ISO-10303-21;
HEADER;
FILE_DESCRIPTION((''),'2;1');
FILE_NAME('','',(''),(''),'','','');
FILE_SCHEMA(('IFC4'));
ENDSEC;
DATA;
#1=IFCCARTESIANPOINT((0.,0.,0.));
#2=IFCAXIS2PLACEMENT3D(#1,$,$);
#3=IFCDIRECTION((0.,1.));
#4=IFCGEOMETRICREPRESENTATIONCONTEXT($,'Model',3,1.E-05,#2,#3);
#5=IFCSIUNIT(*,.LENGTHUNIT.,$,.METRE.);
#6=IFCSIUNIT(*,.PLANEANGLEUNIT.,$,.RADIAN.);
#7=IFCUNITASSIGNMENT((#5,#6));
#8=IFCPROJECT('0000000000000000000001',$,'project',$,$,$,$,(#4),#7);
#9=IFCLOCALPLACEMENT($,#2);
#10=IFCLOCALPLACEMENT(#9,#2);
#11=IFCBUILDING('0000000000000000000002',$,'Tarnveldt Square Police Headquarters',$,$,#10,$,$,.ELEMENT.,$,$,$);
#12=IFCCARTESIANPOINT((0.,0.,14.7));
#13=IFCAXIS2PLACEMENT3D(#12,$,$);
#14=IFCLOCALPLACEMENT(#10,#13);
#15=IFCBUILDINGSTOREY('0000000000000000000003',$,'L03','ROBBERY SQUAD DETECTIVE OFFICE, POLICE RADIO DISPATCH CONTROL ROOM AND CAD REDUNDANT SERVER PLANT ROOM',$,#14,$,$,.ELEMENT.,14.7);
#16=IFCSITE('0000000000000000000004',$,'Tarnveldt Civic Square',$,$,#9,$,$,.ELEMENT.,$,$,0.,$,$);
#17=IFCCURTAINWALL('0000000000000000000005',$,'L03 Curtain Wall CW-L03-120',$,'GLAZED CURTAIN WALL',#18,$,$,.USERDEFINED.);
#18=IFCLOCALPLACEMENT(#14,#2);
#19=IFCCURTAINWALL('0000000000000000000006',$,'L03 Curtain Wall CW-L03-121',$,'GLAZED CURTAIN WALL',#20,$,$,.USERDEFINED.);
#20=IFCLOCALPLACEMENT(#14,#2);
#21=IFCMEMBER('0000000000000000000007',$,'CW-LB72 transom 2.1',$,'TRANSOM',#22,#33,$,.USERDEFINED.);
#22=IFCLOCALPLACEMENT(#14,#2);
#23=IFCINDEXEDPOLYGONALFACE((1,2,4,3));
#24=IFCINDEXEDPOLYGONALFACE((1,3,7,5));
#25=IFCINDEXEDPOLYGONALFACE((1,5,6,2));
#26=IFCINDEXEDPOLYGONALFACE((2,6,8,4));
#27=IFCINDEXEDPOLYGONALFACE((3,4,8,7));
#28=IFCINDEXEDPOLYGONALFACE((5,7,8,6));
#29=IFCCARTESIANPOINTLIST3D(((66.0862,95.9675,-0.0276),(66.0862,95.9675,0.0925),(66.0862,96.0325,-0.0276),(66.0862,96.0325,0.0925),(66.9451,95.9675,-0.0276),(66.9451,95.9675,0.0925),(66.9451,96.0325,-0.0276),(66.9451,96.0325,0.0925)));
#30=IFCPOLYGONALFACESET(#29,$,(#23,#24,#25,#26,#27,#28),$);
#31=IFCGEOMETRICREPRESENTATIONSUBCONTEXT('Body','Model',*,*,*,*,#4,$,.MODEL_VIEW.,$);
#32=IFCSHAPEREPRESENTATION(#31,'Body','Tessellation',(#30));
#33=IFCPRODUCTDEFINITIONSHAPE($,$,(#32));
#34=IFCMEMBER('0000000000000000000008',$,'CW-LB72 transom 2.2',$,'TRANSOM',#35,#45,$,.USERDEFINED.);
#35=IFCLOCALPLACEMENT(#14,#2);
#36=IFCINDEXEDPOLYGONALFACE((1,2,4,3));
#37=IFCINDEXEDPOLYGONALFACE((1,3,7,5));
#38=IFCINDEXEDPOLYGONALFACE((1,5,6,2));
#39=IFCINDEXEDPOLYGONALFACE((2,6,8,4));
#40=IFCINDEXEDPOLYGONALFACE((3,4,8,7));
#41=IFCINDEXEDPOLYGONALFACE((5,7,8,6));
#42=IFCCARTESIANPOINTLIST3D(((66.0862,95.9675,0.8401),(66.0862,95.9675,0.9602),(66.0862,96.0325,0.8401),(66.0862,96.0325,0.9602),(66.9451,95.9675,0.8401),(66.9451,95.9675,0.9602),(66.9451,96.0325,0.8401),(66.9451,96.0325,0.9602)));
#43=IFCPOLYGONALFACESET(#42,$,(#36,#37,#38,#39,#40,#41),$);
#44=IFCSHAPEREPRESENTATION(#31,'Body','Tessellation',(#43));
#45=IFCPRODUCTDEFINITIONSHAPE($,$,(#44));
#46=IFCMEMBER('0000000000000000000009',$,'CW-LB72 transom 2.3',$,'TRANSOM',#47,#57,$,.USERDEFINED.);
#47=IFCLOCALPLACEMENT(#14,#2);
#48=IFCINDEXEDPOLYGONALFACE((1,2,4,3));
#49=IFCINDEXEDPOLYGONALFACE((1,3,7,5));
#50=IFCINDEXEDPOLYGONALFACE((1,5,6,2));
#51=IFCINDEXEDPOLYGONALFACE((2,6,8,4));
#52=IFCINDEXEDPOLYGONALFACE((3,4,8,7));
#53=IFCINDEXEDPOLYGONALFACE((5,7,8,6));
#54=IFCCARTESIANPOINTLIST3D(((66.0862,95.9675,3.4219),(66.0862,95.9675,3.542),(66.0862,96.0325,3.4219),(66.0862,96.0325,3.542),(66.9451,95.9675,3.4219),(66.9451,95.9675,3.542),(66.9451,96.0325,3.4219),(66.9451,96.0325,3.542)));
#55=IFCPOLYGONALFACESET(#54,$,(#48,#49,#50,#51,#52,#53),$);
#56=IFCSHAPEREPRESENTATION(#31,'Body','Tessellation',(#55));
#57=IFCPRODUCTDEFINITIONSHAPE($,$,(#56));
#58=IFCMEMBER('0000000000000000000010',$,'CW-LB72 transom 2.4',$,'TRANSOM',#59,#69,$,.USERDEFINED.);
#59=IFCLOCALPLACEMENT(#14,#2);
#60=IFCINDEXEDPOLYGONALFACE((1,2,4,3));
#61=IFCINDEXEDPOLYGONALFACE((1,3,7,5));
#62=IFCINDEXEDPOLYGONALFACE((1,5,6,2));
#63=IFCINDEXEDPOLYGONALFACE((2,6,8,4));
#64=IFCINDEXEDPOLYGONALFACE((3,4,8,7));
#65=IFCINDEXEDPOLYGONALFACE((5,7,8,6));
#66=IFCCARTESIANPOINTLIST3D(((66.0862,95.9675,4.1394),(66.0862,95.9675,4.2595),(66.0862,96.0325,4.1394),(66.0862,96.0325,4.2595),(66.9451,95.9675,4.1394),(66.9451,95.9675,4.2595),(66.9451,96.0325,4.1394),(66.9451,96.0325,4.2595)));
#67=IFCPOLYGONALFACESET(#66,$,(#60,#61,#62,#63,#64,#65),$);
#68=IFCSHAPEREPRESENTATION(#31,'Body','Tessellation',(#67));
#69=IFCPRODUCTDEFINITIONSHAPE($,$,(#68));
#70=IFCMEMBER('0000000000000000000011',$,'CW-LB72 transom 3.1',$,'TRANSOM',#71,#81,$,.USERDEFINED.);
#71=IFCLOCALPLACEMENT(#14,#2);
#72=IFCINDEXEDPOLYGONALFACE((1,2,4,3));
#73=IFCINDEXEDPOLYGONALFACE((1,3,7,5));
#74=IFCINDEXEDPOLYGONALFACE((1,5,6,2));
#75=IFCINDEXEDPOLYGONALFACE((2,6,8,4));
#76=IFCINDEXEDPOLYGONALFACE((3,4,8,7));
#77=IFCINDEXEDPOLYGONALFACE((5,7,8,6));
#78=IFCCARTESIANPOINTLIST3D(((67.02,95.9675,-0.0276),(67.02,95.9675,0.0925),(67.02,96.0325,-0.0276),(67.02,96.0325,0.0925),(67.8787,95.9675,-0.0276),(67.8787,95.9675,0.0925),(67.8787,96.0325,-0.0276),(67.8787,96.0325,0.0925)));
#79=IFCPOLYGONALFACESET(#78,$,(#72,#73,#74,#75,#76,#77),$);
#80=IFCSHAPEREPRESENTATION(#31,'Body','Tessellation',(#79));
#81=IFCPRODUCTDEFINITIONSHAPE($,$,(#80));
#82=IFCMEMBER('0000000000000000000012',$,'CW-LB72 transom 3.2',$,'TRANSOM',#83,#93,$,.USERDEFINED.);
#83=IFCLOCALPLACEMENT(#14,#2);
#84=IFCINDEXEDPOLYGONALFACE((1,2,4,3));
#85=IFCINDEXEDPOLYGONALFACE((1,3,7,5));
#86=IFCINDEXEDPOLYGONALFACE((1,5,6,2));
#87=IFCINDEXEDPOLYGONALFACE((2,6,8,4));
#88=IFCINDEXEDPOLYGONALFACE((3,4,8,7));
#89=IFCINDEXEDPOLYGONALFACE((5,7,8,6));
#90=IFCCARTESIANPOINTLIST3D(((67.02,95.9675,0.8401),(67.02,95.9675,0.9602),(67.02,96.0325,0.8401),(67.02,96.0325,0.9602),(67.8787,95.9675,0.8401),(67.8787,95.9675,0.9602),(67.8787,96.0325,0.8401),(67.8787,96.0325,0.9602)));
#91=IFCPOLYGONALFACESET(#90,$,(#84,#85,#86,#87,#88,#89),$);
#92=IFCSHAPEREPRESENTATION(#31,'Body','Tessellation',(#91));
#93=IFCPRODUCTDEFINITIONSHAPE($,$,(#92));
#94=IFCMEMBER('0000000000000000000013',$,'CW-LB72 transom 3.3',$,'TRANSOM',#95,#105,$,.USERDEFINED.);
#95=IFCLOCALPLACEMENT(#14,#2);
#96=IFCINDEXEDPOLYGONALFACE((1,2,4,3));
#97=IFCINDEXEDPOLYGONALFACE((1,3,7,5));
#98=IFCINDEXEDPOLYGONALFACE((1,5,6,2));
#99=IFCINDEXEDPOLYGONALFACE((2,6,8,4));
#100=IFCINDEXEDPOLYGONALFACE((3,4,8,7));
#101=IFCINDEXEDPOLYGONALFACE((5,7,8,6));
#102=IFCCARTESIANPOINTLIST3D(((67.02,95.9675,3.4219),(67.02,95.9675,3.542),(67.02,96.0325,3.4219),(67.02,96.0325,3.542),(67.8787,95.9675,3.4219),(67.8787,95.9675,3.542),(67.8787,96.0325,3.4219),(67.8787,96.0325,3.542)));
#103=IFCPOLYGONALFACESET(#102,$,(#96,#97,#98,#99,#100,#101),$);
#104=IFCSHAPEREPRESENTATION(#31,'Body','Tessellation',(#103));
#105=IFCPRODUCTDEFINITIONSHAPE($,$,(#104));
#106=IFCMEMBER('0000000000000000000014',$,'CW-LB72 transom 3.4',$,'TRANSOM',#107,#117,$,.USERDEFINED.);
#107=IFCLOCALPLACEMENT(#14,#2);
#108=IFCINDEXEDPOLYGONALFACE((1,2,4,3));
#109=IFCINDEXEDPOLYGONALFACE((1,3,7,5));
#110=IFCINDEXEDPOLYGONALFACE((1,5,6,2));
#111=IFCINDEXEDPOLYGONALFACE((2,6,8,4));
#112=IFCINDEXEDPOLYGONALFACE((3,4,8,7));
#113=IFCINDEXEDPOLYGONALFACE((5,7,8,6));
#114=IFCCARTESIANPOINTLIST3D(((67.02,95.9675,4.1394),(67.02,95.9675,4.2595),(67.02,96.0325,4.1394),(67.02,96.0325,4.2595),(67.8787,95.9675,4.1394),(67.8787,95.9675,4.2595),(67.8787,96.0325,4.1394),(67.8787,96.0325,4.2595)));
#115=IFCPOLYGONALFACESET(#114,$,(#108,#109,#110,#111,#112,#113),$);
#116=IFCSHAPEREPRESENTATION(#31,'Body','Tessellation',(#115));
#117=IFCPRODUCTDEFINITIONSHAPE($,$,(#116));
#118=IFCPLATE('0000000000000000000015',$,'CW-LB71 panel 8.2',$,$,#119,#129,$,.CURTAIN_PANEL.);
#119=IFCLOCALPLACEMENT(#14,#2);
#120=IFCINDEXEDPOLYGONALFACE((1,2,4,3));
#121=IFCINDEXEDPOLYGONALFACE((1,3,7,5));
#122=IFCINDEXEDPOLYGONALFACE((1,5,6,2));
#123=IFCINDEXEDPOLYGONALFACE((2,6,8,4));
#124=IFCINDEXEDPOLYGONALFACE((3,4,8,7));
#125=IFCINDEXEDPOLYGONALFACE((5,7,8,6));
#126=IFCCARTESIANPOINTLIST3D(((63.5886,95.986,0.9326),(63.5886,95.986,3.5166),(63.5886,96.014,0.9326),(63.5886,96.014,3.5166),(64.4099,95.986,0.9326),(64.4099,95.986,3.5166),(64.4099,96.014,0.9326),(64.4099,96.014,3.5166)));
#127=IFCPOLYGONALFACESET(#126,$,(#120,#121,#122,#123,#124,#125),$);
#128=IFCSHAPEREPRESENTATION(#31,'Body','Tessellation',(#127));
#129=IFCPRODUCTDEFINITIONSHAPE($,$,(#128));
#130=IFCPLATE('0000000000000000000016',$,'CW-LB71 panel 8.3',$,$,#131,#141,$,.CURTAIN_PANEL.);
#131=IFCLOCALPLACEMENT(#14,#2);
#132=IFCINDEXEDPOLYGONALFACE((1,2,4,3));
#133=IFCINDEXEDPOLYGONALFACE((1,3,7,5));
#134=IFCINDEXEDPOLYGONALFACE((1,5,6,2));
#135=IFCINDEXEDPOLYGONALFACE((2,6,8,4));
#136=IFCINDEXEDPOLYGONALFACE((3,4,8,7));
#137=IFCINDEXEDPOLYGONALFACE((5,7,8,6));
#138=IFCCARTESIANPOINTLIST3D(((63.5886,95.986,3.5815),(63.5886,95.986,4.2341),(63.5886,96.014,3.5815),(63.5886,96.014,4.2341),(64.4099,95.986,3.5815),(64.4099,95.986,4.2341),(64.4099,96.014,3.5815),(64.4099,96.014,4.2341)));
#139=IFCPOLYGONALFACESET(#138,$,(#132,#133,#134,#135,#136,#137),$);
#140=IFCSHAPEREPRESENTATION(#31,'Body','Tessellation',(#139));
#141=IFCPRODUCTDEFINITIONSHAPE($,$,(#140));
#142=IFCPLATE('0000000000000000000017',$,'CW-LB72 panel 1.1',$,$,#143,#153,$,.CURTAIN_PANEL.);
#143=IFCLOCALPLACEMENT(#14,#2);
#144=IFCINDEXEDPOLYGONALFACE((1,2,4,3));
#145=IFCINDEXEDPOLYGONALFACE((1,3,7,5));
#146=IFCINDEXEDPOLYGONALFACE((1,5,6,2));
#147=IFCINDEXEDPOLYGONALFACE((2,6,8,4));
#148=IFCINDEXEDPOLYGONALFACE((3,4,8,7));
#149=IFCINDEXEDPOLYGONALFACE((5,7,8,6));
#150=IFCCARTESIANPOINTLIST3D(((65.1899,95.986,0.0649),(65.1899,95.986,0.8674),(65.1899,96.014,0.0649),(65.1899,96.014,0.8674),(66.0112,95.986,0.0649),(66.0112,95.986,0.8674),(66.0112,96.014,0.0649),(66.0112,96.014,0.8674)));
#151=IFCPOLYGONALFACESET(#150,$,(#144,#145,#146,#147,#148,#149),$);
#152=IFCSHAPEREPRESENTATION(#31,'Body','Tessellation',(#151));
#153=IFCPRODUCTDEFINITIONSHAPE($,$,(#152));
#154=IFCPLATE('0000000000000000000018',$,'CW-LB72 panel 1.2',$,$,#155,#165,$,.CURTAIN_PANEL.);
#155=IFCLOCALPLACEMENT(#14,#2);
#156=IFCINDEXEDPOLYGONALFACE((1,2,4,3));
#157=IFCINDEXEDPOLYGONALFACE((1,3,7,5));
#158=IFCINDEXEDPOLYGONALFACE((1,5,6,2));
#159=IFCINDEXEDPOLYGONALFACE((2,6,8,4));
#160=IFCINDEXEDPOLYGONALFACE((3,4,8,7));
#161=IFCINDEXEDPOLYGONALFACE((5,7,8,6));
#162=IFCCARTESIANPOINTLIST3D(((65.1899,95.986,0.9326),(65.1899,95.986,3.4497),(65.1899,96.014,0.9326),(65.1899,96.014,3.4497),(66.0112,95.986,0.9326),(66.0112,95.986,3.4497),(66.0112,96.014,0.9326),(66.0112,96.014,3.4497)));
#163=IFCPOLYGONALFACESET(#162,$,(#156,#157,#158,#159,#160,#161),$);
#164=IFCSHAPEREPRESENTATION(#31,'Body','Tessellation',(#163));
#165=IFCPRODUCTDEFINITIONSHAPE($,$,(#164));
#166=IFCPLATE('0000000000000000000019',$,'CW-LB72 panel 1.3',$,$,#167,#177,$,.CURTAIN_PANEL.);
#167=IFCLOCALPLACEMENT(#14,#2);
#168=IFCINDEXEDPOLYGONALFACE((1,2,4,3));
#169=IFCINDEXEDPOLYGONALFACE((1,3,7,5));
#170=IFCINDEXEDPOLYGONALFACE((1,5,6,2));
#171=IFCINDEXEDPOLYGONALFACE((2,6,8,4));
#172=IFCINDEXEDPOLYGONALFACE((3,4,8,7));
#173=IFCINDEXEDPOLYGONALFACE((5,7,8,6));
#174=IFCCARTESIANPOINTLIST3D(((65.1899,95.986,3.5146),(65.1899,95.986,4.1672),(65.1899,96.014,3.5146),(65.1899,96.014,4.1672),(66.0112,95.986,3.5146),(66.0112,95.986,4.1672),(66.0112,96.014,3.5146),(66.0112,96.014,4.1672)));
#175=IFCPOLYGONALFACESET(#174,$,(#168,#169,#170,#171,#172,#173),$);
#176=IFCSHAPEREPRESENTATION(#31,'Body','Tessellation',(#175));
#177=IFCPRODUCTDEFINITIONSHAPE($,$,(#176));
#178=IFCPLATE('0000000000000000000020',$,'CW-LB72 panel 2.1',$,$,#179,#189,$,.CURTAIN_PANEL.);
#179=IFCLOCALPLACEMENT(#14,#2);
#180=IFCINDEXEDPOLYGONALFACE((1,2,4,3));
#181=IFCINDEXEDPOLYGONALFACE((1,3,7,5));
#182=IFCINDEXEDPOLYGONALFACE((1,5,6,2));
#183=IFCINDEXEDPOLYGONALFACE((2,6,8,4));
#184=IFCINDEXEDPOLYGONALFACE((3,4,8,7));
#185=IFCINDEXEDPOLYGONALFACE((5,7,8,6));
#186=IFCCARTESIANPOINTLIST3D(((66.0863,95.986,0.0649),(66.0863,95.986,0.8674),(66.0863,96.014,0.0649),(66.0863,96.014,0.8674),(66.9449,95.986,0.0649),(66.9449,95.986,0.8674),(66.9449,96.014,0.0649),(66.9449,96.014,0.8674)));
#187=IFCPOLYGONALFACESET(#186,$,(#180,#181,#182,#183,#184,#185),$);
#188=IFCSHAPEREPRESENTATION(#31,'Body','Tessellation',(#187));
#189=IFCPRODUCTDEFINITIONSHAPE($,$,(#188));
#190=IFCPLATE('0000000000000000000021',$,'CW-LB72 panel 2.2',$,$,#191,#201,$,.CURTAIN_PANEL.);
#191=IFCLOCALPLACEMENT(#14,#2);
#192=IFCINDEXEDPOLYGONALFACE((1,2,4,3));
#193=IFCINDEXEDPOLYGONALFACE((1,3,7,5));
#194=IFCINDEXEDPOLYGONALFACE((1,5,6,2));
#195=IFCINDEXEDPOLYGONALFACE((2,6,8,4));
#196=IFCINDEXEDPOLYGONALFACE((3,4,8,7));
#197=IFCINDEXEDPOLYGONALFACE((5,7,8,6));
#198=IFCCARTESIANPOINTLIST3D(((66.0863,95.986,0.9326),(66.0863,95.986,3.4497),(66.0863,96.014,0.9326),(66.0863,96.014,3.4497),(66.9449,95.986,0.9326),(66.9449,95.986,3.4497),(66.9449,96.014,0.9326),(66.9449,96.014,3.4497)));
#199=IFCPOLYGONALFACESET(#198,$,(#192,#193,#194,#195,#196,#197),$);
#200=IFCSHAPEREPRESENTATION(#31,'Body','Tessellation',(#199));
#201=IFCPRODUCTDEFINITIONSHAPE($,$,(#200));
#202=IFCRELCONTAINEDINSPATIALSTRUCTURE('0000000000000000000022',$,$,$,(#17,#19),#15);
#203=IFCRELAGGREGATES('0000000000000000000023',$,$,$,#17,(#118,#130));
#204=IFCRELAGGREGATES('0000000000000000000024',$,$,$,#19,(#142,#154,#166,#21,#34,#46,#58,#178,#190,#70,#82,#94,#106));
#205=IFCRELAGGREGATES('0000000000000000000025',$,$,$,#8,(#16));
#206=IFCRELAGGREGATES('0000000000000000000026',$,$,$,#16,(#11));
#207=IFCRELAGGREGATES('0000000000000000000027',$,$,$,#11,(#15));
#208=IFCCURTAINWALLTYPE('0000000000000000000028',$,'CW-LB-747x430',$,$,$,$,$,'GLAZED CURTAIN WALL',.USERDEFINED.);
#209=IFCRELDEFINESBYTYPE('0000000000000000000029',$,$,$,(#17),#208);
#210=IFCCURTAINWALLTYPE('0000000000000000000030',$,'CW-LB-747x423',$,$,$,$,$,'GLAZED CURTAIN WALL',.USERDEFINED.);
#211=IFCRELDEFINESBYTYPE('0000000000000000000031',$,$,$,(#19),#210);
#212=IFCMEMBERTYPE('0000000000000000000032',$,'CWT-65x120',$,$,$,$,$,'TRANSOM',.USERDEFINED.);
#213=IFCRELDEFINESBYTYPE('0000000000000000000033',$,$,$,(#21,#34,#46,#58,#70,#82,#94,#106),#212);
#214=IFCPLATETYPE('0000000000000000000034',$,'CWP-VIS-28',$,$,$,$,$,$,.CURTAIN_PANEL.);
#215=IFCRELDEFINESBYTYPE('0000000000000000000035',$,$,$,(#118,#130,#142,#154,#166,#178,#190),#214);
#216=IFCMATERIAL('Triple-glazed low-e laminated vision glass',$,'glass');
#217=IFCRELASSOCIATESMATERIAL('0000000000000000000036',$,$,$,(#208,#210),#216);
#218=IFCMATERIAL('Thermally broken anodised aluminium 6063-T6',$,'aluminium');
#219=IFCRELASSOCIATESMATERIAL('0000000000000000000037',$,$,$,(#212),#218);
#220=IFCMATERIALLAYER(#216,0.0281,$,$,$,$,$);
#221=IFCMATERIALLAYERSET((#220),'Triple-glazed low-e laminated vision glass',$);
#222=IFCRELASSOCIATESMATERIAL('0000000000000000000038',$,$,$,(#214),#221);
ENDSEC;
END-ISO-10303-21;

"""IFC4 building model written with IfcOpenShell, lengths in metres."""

from ifc_helpers import new_model, si_unit, direction, frame, origin, origin_2d, place, context, subcontext, project, spatial, rectangle, extrude, material, layer, layer_set, material_profile, profile_set, type_object, element, aggregate, save


model = new_model("IFC4")

# Units and contexts
model_context = context("Model", 3, precision=1e-05, world=origin(), true_north=direction((0.0, 1.0)))
body_context = subcontext(model_context, "Body", "Model", "MODEL_VIEW")
ifc_project = project(units=[si_unit("LENGTHUNIT", "METRE"), si_unit("PLANEANGLEUNIT", "RADIAN")], contexts=[model_context])

# Site, building, storey
site_placement = place(None, origin())
site = spatial("IfcSite", under=ifc_project, at=site_placement, Name="Tarnveldt Civic Square", CompositionType="ELEMENT", RefElevation=0.0)
building_placement = place(site_placement, origin())
building = spatial("IfcBuilding", under=site, at=building_placement, Name="Tarnveldt Square Police Headquarters", CompositionType="ELEMENT")
storey_placement = place(building_placement, frame((0.0, 0.0, 14.7)))
storey = spatial("IfcBuildingStorey", under=building, at=storey_placement, Name="L03", Description="ROBBERY SQUAD DETECTIVE OFFICE, POLICE RADIO DISPATCH CONTROL ROOM AND CAD REDUNDANT SERVER PLANT ROOM", CompositionType="ELEMENT", Elevation=14.7)

# Curtain wall
ifc_material_1 = material(Name="Triple-glazed low-e laminated vision glass", Category="glass")
curtain_wall_type_1 = type_object("IfcCurtainWallType", Name="CW-LB-747x430", ElementType="GLAZED CURTAIN WALL", PredefinedType="USERDEFINED", material=ifc_material_1)
curtain_wall_1_placement = place(storey_placement, origin())
curtain_wall_1 = element("IfcCurtainWall", 1, at=curtain_wall_1_placement, inside=storey, type_object=curtain_wall_type_1, Name="L03 Curtain Wall CW-L03-120", ObjectType="GLAZED CURTAIN WALL", PredefinedType="USERDEFINED")
ifc_material_2 = material(Name="Thermally broken anodised aluminium 6063-T6", Category="aluminium")

# Curtain wall, members
curtain_wall_type_2 = type_object("IfcCurtainWallType", Name="CW-LB-747x423", ElementType="GLAZED CURTAIN WALL", PredefinedType="USERDEFINED", material=ifc_material_1)
curtain_wall_2_placement = place(storey_placement, origin())
curtain_wall_2 = element("IfcCurtainWall", 2, at=curtain_wall_2_placement, inside=storey, type_object=curtain_wall_type_2, Name="L03 Curtain Wall CW-L03-121", ObjectType="GLAZED CURTAIN WALL", PredefinedType="USERDEFINED")
ifc_material_profile_1 = material_profile(ifc_material_2, rectangle(XDim=0.0649, YDim=0.1201, at=origin_2d()), Name="CW-T65x120")
ifc_profile_set_1 = profile_set([ifc_material_profile_1], Name="Thermally broken anodised aluminium 6063-T6")
member_type_1 = type_object("IfcMemberType", Name="CWT-65x120", ElementType="TRANSOM", PredefinedType="USERDEFINED", material=ifc_profile_set_1)
member_1_placement = place(storey_placement, frame((66.0862, 96.0, 0.0325), z_axis=(1.0, 0.0, 0.0), x_axis=(0.0, 1.0, 0.0)))
member_1 = element("IfcMember", 3, at=member_1_placement, type_object=member_type_1, Name="CW-LB72 transom 2.1", ObjectType="TRANSOM", PredefinedType="USERDEFINED", context=body_context, shape_type="SweptSolid", body=[
    extrude(rectangle(XDim=0.0649, YDim=0.1201, at=origin_2d()), origin(), (0.0, 0.0, 1.0), 0.8589),
])
member_2_placement = place(storey_placement, frame((66.0862, 96.0, 0.9001), z_axis=(1.0, 0.0, 0.0), x_axis=(0.0, 1.0, 0.0)))
member_2 = element("IfcMember", 4, at=member_2_placement, type_object=member_type_1, Name="CW-LB72 transom 2.2", ObjectType="TRANSOM", PredefinedType="USERDEFINED", context=body_context, shape_type="SweptSolid", body=[
    extrude(rectangle(XDim=0.0649, YDim=0.1201, at=origin_2d()), origin(), (0.0, 0.0, 1.0), 0.8589),
])
member_3_placement = place(storey_placement, frame((66.0862, 96.0, 3.4819), z_axis=(1.0, 0.0, 0.0), x_axis=(0.0, 1.0, 0.0)))
member_3 = element("IfcMember", 5, at=member_3_placement, type_object=member_type_1, Name="CW-LB72 transom 2.3", ObjectType="TRANSOM", PredefinedType="USERDEFINED", context=body_context, shape_type="SweptSolid", body=[
    extrude(rectangle(XDim=0.0649, YDim=0.1201, at=origin_2d()), origin(), (0.0, 0.0, 1.0), 0.8589),
])
member_4_placement = place(storey_placement, frame((66.0862, 96.0, 4.1995), z_axis=(1.0, 0.0, 0.0), x_axis=(0.0, 1.0, 0.0)))
member_4 = element("IfcMember", 6, at=member_4_placement, type_object=member_type_1, Name="CW-LB72 transom 2.4", ObjectType="TRANSOM", PredefinedType="USERDEFINED", context=body_context, shape_type="SweptSolid", body=[
    extrude(rectangle(XDim=0.0649, YDim=0.1201, at=origin_2d()), origin(), (0.0, 0.0, 1.0), 0.8589),
])
member_5_placement = place(storey_placement, frame((67.02, 96.0, 0.0325), z_axis=(1.0, 0.0, 0.0), x_axis=(0.0, 1.0, 0.0)))
member_5 = element("IfcMember", 7, at=member_5_placement, type_object=member_type_1, Name="CW-LB72 transom 3.1", ObjectType="TRANSOM", PredefinedType="USERDEFINED", context=body_context, shape_type="SweptSolid", body=[
    extrude(rectangle(XDim=0.0649, YDim=0.1201, at=origin_2d()), origin(), (0.0, 0.0, 1.0), 0.8586),
])
member_6_placement = place(storey_placement, frame((67.02, 96.0, 0.9001), z_axis=(1.0, 0.0, 0.0), x_axis=(0.0, 1.0, 0.0)))
member_6 = element("IfcMember", 8, at=member_6_placement, type_object=member_type_1, Name="CW-LB72 transom 3.2", ObjectType="TRANSOM", PredefinedType="USERDEFINED", context=body_context, shape_type="SweptSolid", body=[
    extrude(rectangle(XDim=0.0649, YDim=0.1201, at=origin_2d()), origin(), (0.0, 0.0, 1.0), 0.8586),
])
member_7_placement = place(storey_placement, frame((67.02, 96.0, 3.4819), z_axis=(1.0, 0.0, 0.0), x_axis=(0.0, 1.0, 0.0)))
member_7 = element("IfcMember", 9, at=member_7_placement, type_object=member_type_1, Name="CW-LB72 transom 3.3", ObjectType="TRANSOM", PredefinedType="USERDEFINED", context=body_context, shape_type="SweptSolid", body=[
    extrude(rectangle(XDim=0.0649, YDim=0.1201, at=origin_2d()), origin(), (0.0, 0.0, 1.0), 0.8586),
])
member_8_placement = place(storey_placement, frame((67.02, 96.0, 4.1995), z_axis=(1.0, 0.0, 0.0), x_axis=(0.0, 1.0, 0.0)))
member_8 = element("IfcMember", 10, at=member_8_placement, type_object=member_type_1, Name="CW-LB72 transom 3.4", ObjectType="TRANSOM", PredefinedType="USERDEFINED", context=body_context, shape_type="SweptSolid", body=[
    extrude(rectangle(XDim=0.0649, YDim=0.1201, at=origin_2d()), origin(), (0.0, 0.0, 1.0), 0.8586),
])

# Plates
ifc_layer = layer(ifc_material_1, 0.0281)
ifc_layer_set = layer_set([ifc_layer], Name="Triple-glazed low-e laminated vision glass")
plate_type = type_object("IfcPlateType", Name="CWP-VIS-28", PredefinedType="CURTAIN_PANEL", material=ifc_layer_set)
plate_1_placement = place(storey_placement, frame((63.9993, 96.0, 0.9326), z_axis=(0.0, 0.0, 1.0), x_axis=(1.0, 0.0, 0.0)))
plate_1 = element("IfcPlate", 11, at=plate_1_placement, type_object=plate_type, Name="CW-LB71 panel 8.2", PredefinedType="CURTAIN_PANEL", context=body_context, shape_type="SweptSolid", body=[
    extrude(rectangle(XDim=0.8213, YDim=0.0281, at=origin_2d()), origin(), (0.0, 0.0, 1.0), 2.584),
])
plate_2_placement = place(storey_placement, frame((63.9993, 96.0, 3.5815), z_axis=(0.0, 0.0, 1.0), x_axis=(1.0, 0.0, 0.0)))
plate_2 = element("IfcPlate", 12, at=plate_2_placement, type_object=plate_type, Name="CW-LB71 panel 8.3", PredefinedType="CURTAIN_PANEL", context=body_context, shape_type="SweptSolid", body=[
    extrude(rectangle(XDim=0.8213, YDim=0.0281, at=origin_2d()), origin(), (0.0, 0.0, 1.0), 0.6526),
])
aggregate(curtain_wall_1, [plate_1, plate_2])
plate_3_placement = place(storey_placement, frame((65.6006, 96.0, 0.0649), z_axis=(0.0, 0.0, 1.0), x_axis=(1.0, 0.0, 0.0)))
plate_3 = element("IfcPlate", 13, at=plate_3_placement, type_object=plate_type, Name="CW-LB72 panel 1.1", PredefinedType="CURTAIN_PANEL", context=body_context, shape_type="SweptSolid", body=[
    extrude(rectangle(XDim=0.8213, YDim=0.0281, at=origin_2d()), origin(), (0.0, 0.0, 1.0), 0.8025),
])
plate_4_placement = place(storey_placement, frame((65.6006, 96.0, 0.9326), z_axis=(0.0, 0.0, 1.0), x_axis=(1.0, 0.0, 0.0)))
plate_4 = element("IfcPlate", 14, at=plate_4_placement, type_object=plate_type, Name="CW-LB72 panel 1.2", PredefinedType="CURTAIN_PANEL", context=body_context, shape_type="SweptSolid", body=[
    extrude(rectangle(XDim=0.8213, YDim=0.0281, at=origin_2d()), origin(), (0.0, 0.0, 1.0), 2.5171),
])
plate_5_placement = place(storey_placement, frame((65.6006, 96.0, 3.5146), z_axis=(0.0, 0.0, 1.0), x_axis=(1.0, 0.0, 0.0)))
plate_5 = element("IfcPlate", 15, at=plate_5_placement, type_object=plate_type, Name="CW-LB72 panel 1.3", PredefinedType="CURTAIN_PANEL", context=body_context, shape_type="SweptSolid", body=[
    extrude(rectangle(XDim=0.8213, YDim=0.0281, at=origin_2d()), origin(), (0.0, 0.0, 1.0), 0.6526),
])
plate_6_placement = place(storey_placement, frame((66.5156, 96.0, 0.0649), z_axis=(0.0, 0.0, 1.0), x_axis=(1.0, 0.0, 0.0)))
plate_6 = element("IfcPlate", 16, at=plate_6_placement, type_object=plate_type, Name="CW-LB72 panel 2.1", PredefinedType="CURTAIN_PANEL", context=body_context, shape_type="SweptSolid", body=[
    extrude(rectangle(XDim=0.8586, YDim=0.0281, at=origin_2d()), origin(), (0.0, 0.0, 1.0), 0.8025),
])
plate_7_placement = place(storey_placement, frame((66.5156, 96.0, 0.9326), z_axis=(0.0, 0.0, 1.0), x_axis=(1.0, 0.0, 0.0)))
plate_7 = element("IfcPlate", 17, at=plate_7_placement, type_object=plate_type, Name="CW-LB72 panel 2.2", PredefinedType="CURTAIN_PANEL", context=body_context, shape_type="SweptSolid", body=[
    extrude(rectangle(XDim=0.8586, YDim=0.0281, at=origin_2d()), origin(), (0.0, 0.0, 1.0), 2.5171),
])
aggregate(curtain_wall_2, [plate_3, plate_4, plate_5, member_1, member_2, member_3, member_4, plate_6, plate_7, member_5, member_6, member_7, member_8])

save(model, "model.ifc")
